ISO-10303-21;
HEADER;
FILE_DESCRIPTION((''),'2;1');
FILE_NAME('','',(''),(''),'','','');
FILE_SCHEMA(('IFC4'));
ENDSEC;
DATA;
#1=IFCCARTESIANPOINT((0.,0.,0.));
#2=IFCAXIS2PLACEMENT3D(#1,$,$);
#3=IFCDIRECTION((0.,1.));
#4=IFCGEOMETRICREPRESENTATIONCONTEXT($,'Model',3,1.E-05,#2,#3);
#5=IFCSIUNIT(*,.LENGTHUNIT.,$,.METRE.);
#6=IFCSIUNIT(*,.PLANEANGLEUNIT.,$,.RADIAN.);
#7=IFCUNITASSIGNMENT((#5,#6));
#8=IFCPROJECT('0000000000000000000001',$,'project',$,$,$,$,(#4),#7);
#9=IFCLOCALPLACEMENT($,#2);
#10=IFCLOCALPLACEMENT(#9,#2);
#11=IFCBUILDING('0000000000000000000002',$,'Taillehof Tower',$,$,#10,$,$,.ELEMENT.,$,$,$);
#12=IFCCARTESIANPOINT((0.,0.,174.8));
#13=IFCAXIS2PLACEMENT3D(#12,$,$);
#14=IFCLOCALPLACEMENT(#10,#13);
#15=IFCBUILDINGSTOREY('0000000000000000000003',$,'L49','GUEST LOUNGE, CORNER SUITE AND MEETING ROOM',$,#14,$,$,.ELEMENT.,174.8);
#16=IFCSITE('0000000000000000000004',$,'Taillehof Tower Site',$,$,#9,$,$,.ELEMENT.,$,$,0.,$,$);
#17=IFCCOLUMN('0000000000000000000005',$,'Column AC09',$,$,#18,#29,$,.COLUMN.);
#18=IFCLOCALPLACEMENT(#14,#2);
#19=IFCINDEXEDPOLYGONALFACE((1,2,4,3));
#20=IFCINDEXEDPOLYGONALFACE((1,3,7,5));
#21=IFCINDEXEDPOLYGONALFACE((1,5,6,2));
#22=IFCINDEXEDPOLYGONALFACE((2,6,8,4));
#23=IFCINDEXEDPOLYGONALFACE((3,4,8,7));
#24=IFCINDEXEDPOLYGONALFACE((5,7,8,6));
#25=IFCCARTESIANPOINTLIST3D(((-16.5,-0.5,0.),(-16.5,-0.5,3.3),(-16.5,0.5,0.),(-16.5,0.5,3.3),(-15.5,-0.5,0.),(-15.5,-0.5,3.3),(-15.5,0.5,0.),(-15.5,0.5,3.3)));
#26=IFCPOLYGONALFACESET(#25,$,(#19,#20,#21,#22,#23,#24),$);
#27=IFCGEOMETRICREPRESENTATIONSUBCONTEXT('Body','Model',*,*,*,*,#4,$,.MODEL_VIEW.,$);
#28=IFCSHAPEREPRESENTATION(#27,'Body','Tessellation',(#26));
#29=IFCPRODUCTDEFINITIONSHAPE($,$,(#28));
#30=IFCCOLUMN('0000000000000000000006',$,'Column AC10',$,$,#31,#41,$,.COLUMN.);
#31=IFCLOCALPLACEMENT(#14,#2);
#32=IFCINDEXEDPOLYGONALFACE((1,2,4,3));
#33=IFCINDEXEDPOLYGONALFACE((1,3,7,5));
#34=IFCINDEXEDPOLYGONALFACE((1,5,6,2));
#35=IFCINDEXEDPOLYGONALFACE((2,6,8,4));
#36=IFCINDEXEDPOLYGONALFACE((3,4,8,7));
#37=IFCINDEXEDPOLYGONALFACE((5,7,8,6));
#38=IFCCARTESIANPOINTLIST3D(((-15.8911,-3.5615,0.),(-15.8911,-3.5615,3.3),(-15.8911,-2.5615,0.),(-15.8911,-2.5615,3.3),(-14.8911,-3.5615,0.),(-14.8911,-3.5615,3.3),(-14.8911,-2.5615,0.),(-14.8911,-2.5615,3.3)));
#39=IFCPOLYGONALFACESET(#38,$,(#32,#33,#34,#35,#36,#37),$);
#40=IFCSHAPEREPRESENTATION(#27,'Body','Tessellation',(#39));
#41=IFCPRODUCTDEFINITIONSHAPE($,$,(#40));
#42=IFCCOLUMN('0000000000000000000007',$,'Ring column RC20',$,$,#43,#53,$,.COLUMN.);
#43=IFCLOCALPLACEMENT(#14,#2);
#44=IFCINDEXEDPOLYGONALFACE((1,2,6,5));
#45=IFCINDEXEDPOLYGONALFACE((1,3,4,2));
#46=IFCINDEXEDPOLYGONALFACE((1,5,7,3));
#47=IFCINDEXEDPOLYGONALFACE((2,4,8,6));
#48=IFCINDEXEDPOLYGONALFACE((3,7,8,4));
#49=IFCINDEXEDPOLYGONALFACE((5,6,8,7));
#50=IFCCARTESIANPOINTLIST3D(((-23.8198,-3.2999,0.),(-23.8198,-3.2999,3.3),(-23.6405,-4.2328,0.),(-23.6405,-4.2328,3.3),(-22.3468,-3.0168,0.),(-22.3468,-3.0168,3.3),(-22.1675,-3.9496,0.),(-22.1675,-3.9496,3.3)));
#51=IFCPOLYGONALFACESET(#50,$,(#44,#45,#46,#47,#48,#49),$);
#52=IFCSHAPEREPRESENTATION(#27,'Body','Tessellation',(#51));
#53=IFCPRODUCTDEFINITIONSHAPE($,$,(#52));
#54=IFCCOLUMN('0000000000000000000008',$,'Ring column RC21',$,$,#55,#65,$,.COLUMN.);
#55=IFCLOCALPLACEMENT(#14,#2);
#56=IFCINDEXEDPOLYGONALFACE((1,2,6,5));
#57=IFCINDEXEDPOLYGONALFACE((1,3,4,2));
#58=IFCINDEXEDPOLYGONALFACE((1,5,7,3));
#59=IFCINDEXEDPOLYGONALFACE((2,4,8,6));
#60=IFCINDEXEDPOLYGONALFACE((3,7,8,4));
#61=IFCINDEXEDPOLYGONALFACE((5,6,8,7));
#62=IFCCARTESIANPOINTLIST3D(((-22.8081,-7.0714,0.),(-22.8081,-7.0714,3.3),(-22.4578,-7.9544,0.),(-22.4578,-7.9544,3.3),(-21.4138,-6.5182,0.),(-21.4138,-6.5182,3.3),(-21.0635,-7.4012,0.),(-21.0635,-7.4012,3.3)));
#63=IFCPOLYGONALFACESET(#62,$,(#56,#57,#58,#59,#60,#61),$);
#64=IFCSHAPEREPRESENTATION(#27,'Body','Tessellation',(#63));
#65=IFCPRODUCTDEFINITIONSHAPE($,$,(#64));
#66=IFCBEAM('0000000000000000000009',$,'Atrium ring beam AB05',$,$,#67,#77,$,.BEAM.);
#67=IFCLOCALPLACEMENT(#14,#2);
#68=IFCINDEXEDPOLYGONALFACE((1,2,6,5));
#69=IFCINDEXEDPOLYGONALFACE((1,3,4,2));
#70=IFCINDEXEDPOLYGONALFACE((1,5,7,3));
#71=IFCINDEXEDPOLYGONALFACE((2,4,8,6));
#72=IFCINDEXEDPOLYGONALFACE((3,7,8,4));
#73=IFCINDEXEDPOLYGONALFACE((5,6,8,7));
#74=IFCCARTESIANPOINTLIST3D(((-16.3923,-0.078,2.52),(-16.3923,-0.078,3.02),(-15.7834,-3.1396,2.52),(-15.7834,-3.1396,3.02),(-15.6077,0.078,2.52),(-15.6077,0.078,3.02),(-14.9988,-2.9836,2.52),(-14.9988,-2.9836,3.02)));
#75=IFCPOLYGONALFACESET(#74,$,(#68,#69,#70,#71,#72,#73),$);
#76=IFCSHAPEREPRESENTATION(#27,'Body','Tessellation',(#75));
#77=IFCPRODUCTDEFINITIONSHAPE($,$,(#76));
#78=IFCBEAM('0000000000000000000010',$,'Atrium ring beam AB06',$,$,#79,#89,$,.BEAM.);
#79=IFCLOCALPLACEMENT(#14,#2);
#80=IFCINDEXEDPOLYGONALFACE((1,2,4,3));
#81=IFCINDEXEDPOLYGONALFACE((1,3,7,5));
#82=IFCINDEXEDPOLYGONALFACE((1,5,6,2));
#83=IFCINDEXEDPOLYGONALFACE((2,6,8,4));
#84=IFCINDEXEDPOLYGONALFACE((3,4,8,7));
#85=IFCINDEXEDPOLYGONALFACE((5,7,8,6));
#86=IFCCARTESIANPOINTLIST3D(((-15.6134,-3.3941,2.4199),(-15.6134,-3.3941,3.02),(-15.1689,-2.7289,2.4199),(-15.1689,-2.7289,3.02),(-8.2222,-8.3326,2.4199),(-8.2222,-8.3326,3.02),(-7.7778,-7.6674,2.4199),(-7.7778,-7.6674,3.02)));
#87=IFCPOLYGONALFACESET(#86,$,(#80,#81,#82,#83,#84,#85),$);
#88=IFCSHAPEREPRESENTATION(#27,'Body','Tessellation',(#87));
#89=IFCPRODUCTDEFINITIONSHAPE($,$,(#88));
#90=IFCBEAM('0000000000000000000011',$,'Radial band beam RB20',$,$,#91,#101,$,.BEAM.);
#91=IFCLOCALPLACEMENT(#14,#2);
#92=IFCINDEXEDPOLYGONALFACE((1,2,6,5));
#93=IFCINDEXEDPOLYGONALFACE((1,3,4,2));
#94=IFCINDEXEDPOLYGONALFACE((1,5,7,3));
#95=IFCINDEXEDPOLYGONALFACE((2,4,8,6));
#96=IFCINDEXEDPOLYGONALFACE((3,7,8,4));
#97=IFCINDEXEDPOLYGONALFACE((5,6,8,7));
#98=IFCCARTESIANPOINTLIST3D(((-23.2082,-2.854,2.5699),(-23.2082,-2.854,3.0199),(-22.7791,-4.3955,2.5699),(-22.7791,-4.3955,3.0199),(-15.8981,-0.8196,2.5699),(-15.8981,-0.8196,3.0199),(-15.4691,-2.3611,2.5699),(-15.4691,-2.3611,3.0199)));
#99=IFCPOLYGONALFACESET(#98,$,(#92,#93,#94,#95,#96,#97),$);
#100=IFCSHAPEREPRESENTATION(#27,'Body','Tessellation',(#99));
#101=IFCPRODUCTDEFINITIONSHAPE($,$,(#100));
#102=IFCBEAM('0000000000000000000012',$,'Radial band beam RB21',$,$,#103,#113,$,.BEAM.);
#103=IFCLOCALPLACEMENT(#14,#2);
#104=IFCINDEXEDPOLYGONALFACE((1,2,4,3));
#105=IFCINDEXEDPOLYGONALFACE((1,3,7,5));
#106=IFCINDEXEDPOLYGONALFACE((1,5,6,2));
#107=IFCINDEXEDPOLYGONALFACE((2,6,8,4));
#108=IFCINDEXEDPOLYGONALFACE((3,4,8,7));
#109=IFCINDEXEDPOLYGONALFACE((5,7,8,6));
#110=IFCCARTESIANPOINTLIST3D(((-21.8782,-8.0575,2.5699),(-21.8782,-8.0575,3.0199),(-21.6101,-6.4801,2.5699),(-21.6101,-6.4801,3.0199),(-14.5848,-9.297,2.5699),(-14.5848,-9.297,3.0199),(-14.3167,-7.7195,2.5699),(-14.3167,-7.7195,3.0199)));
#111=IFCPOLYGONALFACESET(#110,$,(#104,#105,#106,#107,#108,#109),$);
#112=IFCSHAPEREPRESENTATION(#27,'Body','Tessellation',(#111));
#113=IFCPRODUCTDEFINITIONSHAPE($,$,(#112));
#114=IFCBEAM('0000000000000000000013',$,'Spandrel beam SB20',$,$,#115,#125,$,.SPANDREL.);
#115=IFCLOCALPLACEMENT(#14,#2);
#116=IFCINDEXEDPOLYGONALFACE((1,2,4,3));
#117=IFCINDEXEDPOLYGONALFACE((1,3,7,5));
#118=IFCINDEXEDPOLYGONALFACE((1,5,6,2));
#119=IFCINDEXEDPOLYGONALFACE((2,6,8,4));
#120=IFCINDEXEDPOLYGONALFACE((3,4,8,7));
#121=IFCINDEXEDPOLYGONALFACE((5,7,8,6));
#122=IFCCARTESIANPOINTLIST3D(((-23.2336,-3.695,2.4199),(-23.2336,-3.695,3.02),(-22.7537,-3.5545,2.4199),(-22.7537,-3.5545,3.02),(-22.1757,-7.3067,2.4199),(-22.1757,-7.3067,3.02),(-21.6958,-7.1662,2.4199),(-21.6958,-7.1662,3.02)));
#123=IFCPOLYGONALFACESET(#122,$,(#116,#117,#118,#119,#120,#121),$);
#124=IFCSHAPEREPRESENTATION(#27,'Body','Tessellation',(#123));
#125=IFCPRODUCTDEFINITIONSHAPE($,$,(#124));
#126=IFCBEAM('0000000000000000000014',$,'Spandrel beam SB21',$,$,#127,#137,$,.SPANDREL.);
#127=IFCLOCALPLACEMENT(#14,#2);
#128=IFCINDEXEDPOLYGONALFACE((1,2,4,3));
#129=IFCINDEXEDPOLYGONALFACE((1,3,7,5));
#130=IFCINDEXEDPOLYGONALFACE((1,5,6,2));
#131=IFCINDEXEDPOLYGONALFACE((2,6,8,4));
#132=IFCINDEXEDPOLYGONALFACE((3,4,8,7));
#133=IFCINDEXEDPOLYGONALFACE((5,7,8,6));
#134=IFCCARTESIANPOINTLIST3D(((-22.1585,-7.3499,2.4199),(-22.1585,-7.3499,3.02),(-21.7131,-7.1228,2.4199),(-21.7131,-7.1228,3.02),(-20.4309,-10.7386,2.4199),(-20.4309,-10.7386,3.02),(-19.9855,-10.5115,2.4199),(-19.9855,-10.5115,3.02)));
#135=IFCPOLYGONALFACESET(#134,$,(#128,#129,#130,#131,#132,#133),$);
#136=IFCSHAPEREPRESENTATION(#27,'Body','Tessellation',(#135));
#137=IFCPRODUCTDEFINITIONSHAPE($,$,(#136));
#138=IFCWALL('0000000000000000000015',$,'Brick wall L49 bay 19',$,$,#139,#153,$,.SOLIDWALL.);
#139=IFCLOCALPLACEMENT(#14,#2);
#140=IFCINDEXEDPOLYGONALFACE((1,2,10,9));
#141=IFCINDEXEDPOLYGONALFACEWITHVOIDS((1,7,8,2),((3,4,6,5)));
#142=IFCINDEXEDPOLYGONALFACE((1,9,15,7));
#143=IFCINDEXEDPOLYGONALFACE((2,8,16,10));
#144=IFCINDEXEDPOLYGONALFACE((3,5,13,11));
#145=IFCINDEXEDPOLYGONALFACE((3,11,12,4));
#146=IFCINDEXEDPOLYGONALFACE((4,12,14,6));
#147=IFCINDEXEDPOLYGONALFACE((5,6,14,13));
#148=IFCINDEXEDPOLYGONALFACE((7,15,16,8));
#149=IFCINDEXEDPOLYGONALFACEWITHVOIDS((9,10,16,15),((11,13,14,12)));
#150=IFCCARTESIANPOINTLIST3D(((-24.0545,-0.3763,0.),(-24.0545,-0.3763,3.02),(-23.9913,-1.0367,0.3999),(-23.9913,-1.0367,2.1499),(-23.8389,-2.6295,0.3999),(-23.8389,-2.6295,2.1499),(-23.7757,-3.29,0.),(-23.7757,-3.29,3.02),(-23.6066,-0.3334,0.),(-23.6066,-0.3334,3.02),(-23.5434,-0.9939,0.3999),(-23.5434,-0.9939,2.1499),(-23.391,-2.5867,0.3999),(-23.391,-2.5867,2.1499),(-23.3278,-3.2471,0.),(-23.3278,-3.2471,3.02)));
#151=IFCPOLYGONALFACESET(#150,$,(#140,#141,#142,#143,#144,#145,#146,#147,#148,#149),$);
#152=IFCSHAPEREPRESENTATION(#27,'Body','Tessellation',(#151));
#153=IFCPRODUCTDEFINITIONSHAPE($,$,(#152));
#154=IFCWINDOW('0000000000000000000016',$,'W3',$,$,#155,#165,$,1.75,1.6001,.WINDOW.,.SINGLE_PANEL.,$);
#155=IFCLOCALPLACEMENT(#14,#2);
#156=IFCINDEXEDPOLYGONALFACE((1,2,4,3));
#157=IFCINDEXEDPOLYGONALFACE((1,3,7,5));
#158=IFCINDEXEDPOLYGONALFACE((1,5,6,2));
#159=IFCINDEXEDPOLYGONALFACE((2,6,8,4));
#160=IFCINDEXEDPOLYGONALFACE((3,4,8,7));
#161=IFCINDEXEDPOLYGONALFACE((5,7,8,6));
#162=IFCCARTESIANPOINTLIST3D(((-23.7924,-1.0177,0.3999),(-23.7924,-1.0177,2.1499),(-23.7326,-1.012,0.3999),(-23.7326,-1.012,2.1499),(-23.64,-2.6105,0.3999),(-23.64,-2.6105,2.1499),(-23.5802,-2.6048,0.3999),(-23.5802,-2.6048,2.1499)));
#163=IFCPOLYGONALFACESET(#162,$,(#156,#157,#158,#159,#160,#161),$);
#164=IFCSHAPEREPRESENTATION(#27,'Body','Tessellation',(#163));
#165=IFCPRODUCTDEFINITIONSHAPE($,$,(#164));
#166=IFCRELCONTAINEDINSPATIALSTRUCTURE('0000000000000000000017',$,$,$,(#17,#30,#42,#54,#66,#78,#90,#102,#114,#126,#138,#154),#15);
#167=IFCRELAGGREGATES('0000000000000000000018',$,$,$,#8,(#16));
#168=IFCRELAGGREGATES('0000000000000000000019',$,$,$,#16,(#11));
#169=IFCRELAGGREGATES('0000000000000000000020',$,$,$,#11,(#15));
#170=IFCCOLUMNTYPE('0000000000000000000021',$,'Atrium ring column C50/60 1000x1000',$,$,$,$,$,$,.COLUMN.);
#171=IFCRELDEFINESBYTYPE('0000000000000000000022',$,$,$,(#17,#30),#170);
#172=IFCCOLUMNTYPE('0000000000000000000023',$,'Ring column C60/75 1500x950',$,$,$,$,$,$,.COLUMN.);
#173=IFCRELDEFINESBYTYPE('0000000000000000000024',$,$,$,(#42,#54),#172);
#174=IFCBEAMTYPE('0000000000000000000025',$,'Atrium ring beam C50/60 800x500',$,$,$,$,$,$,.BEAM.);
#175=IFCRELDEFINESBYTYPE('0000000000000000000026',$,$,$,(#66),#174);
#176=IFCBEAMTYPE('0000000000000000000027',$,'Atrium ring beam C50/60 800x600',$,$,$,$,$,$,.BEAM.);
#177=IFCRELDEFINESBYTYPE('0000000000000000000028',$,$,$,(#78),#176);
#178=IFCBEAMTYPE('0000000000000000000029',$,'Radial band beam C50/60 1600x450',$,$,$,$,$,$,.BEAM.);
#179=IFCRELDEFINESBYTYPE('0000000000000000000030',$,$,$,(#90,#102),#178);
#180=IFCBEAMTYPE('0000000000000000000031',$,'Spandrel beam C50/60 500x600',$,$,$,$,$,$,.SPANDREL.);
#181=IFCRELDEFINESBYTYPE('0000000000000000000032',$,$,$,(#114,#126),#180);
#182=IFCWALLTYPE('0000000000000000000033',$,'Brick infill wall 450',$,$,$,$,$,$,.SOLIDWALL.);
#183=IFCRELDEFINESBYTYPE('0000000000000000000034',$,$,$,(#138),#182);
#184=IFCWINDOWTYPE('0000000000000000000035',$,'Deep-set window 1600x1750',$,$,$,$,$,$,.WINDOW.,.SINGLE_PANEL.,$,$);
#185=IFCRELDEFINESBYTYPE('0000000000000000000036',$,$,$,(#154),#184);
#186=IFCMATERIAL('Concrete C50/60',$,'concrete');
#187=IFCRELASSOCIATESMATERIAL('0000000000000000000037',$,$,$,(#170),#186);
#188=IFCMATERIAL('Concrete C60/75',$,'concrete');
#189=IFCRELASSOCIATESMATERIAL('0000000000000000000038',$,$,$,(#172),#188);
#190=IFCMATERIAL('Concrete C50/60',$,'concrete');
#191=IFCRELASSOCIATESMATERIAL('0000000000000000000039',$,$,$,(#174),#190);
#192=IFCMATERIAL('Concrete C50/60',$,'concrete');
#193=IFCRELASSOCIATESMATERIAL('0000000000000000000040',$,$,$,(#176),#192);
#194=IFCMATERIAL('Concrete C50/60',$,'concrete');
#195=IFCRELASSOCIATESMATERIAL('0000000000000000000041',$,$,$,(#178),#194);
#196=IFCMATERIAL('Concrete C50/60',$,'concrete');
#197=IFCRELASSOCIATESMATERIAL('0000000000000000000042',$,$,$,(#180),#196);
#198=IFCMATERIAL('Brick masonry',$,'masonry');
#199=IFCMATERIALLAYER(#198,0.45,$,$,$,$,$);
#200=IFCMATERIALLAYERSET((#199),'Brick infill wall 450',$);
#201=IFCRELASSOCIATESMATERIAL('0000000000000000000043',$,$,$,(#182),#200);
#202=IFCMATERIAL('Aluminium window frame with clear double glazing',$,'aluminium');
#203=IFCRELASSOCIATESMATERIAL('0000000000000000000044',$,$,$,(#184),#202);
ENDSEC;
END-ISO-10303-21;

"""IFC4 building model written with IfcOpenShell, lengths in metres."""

from ifc_helpers import new_model, si_unit, direction, frame, frame_2d, origin, origin_2d, place, context, subcontext, project, spatial, rectangle, extrude, material, layer, layer_set, material_profile, profile_set, type_object, element, fill, save


model = new_model("IFC4")

# Units and contexts
model_context = context("Model", 3, precision=1e-05, world=origin(), true_north=direction((0.0, 1.0)))
body_context = subcontext(model_context, "Body", "Model", "MODEL_VIEW")
ifc_project = project(units=[si_unit("LENGTHUNIT", "METRE"), si_unit("PLANEANGLEUNIT", "RADIAN")], contexts=[model_context])

# Site, building, storey
site_placement = place(None, origin())
site = spatial("IfcSite", under=ifc_project, at=site_placement, Name="Taillehof Tower Site", CompositionType="ELEMENT", RefElevation=0.0)
building_placement = place(site_placement, origin())
building = spatial("IfcBuilding", under=site, at=building_placement, Name="Taillehof Tower", CompositionType="ELEMENT")
storey_placement = place(building_placement, frame((0.0, 0.0, 174.8)))
storey = spatial("IfcBuildingStorey", under=building, at=storey_placement, Name="L49", Description="GUEST LOUNGE, CORNER SUITE AND MEETING ROOM", CompositionType="ELEMENT", Elevation=174.8)

# Columns
ifc_material_1 = material(Name="Concrete C50/60", Category="concrete")
ifc_material_profile_1 = material_profile(ifc_material_1, rectangle(XDim=1.0, YDim=1.0, at=origin_2d()), Name="RC 1000x1000")
ifc_profile_set_1 = profile_set([ifc_material_profile_1], Name="Concrete C50/60")
column_type_1 = type_object("IfcColumnType", Name="Atrium ring column C50/60 1000x1000", PredefinedType="COLUMN", material=ifc_profile_set_1)
for number, where, z_axis, x_axis, name in (
    (1, (-16.0, 0.0, 0.0), (0.0, 0.0, 1.0), (1.0, 0.0, 0.0), "Column AC09"),
    (2, (-15.3911, -3.0615, 0.0), (0.0, 0.0, 1.0), (1.0, 0.0, 0.0), "Column AC10"),
):
    element("IfcColumn", number, at=place(storey_placement, frame(where, z_axis=z_axis, x_axis=x_axis)), inside=storey, type_object=column_type_1, Name=name, PredefinedType="COLUMN", context=body_context, shape_type="SweptSolid", body=[
        extrude(rectangle(XDim=1.0, YDim=1.0, at=origin_2d()), origin(), (0.0, 0.0, 1.0), 3.3),
    ])
ifc_material_2 = material(Name="Concrete C60/75", Category="concrete")
ifc_material_profile_2 = material_profile(ifc_material_2, rectangle(XDim=1.5, YDim=0.95, at=origin_2d()), Name="RC 1500x950")
ifc_profile_set_2 = profile_set([ifc_material_profile_2], Name="Concrete C60/75")
column_type_2 = type_object("IfcColumnType", Name="Ring column C60/75 1500x950", PredefinedType="COLUMN", material=ifc_profile_set_2)
for number, where, z_axis, x_axis, name in (
    (3, (-22.9937, -3.6248, 0.0), (0.0, 0.0, 1.0), (-0.982024, -0.188757, 0.0), "Ring column RC20"),
    (4, (-21.9358, -7.2363, 0.0), (0.0, 0.0, 1.0), (-0.929511, -0.368793, 0.0), "Ring column RC21"),
):
    element("IfcColumn", number, at=place(storey_placement, frame(where, z_axis=z_axis, x_axis=x_axis)), inside=storey, type_object=column_type_2, Name=name, PredefinedType="COLUMN", context=body_context, shape_type="SweptSolid", body=[
        extrude(rectangle(XDim=1.5, YDim=0.95, at=origin_2d()), origin(), (0.0, 0.0, 1.0), 3.3),
    ])

# Beams
ifc_material_3 = material(Name="Concrete C50/60", Category="concrete")
ifc_material_profile_3 = material_profile(ifc_material_3, rectangle(XDim=0.8, YDim=0.5, at=origin_2d()), Name="RC 800x500")
ifc_profile_set_3 = profile_set([ifc_material_profile_3], Name="Concrete C50/60")
beam_type_1 = type_object("IfcBeamType", Name="Atrium ring beam C50/60 800x500", PredefinedType="BEAM", material=ifc_profile_set_3)
beam_1_placement = place(storey_placement, frame((-16.0, 0.0, 2.77), z_axis=(0.195063, -0.980791, 0.0), x_axis=(0.980791, 0.195063, 0.0)))
element("IfcBeam", 5, at=beam_1_placement, inside=storey, type_object=beam_type_1, Name="Atrium ring beam AB05", PredefinedType="BEAM", context=body_context, shape_type="SweptSolid", body=[
    extrude(rectangle(XDim=0.8, YDim=0.5, at=origin_2d()), origin(), (0.0, 0.0, 1.0), 3.1216),
])
ifc_material_4 = material(Name="Concrete C50/60", Category="concrete")
ifc_material_profile_4 = material_profile(ifc_material_4, rectangle(XDim=0.8, YDim=0.6001, at=origin_2d()), Name="RC 800x600")
ifc_profile_set_4 = profile_set([ifc_material_profile_4], Name="Concrete C50/60")
beam_type_2 = type_object("IfcBeamType", Name="Atrium ring beam C50/60 800x600", PredefinedType="BEAM", material=ifc_profile_set_4)
beam_2_placement = place(storey_placement, frame((-15.3911, -3.0615, 2.72), z_axis=(0.831475, -0.555562, 0.0), x_axis=(0.555562, 0.831475, 0.0)))
element("IfcBeam", 6, at=beam_2_placement, inside=storey, type_object=beam_type_2, Name="Atrium ring beam AB06", PredefinedType="BEAM", context=body_context, shape_type="SweptSolid", body=[
    extrude(rectangle(XDim=0.8, YDim=0.6001, at=origin_2d()), origin(), (0.0, 0.0, 1.0), 8.8892),
])
ifc_material_5 = material(Name="Concrete C50/60", Category="concrete")
ifc_material_profile_5 = material_profile(ifc_material_5, rectangle(XDim=1.6001, YDim=0.45, at=origin_2d()), Name="RC 1600x450")
ifc_profile_set_5 = profile_set([ifc_material_profile_5], Name="Concrete C50/60")
beam_type_3 = type_object("IfcBeamType", Name="Radial band beam C50/60 1600x450", PredefinedType="BEAM", material=ifc_profile_set_5)
beam_3_placement = place(storey_placement, frame((-22.9937, -3.6248, 2.7949), z_axis=(0.963387, 0.268115, 0.0), x_axis=(-0.268115, 0.963387, 0.0)))
element("IfcBeam", 7, at=beam_3_placement, inside=storey, type_object=beam_type_3, Name="Radial band beam RB20", PredefinedType="BEAM", context=body_context, shape_type="SweptSolid", body=[
    extrude(rectangle(XDim=1.6001, YDim=0.45, at=origin_2d()), origin(), (0.0, 0.0, 1.0), 7.5879),
])
beam_4_placement = place(storey_placement, frame((-21.7441, -7.2688, 2.7949), z_axis=(0.985864, -0.167545, 0.0), x_axis=(0.167545, 0.985864, 0.0)))
element("IfcBeam", 8, at=beam_4_placement, inside=storey, type_object=beam_type_3, Name="Radial band beam RB21", PredefinedType="BEAM", context=body_context, shape_type="SweptSolid", body=[
    extrude(rectangle(XDim=1.6001, YDim=0.45, at=origin_2d()), origin(), (0.0, 0.0, 1.0), 7.3979),
])
ifc_material_6 = material(Name="Concrete C50/60", Category="concrete")
ifc_material_profile_6 = material_profile(ifc_material_6, rectangle(XDim=0.5, YDim=0.6001, at=origin_2d()), Name="RC 500x600")
ifc_profile_set_6 = profile_set([ifc_material_profile_6], Name="Concrete C50/60")
beam_type_4 = type_object("IfcBeamType", Name="Spandrel beam C50/60 500x600", PredefinedType="SPANDREL", material=ifc_profile_set_6)
beam_5_placement = place(storey_placement, frame((-22.9937, -3.6248, 2.72), z_axis=(0.281098, -0.959679, 0.0), x_axis=(0.959679, 0.281098, 0.0)))
element("IfcBeam", 9, at=beam_5_placement, inside=storey, type_object=beam_type_4, Name="Spandrel beam SB20", PredefinedType="SPANDREL", context=body_context, shape_type="SweptSolid", body=[
    extrude(rectangle(XDim=0.5, YDim=0.6001, at=origin_2d()), origin(), (0.0, 0.0, 1.0), 3.7634),
])
beam_6_placement = place(storey_placement, frame((-21.9358, -7.2363, 2.72), z_axis=(0.454183, -0.890908, 0.0), x_axis=(0.890908, 0.454183, 0.0)))
element("IfcBeam", 10, at=beam_6_placement, inside=storey, type_object=beam_type_4, Name="Spandrel beam SB21", PredefinedType="SPANDREL", context=body_context, shape_type="SweptSolid", body=[
    extrude(rectangle(XDim=0.5, YDim=0.6001, at=origin_2d()), origin(), (0.0, 0.0, 1.0), 3.8037),
])

# Wall, opening, window
ifc_material_7 = material(Name="Brick masonry", Category="masonry")
ifc_layer_1 = layer(ifc_material_7, 0.45)
ifc_layer_set_1 = layer_set([ifc_layer_1], Name="Brick infill wall 450")
wall_type_1 = type_object("IfcWallType", Name="Brick infill wall 450", PredefinedType="SOLIDWALL", material=ifc_layer_set_1)
wall_1_placement = place(storey_placement, frame((-23.8306, -0.355, 0.0), z_axis=(0.0, 0.0, 1.0), x_axis=(0.095258, -0.995453, 0.0)))
wall_1 = element("IfcWall", 11, at=wall_1_placement, inside=storey, type_object=wall_type_1, Name="Brick wall L49 bay 19", PredefinedType="SOLIDWALL", context=body_context, shape_type="SweptSolid", body=[
    extrude(rectangle(XDim=2.927, YDim=0.45, at=frame_2d((1.4634, 0.0))), origin(), (0.0, 0.0, 1.0), 3.02),
])
opening_1_placement = place(wall_1_placement, frame((0.6633, 0.0, 0.3999)))
opening_1 = element("IfcOpeningElement", 12, at=opening_1_placement, cuts=wall_1, PredefinedType="OPENING", context=body_context, shape_type="SweptSolid", body=[
    extrude(rectangle(XDim=1.6001, YDim=1.75, at=frame_2d((0.8, 0.875))), frame((0.0, 0.2349, 0.0), z_axis=(0.0, -1.0, 0.0), x_axis=(1.0, 0.0, 0.0)), (0.0, 0.0, 1.0), 0.47),
])
ifc_material_8 = material(Name="Aluminium window frame with clear double glazing", Category="aluminium")
window_type_1 = type_object("IfcWindowType", Name="Deep-set window 1600x1750", PartitioningType="SINGLE_PANEL", PredefinedType="WINDOW", material=ifc_material_8)
window_1_placement = place(opening_1_placement, origin())
window_1 = element("IfcWindow", 13, at=window_1_placement, inside=storey, type_object=window_type_1, Name="W3", OverallHeight=1.75, OverallWidth=1.6001, PartitioningType="SINGLE_PANEL", PredefinedType="WINDOW", context=body_context, shape_type="SweptSolid", body=[
    extrude(rectangle(XDim=1.6001, YDim=1.75, at=frame_2d((0.8, 0.875))), frame((0.0, 0.0349, 0.0), z_axis=(0.0, -1.0, 0.0), x_axis=(1.0, 0.0, 0.0)), (0.0, 0.0, 1.0), 0.0601),
])
fill(opening_1, window_1)

save(model, "model.ifc")
